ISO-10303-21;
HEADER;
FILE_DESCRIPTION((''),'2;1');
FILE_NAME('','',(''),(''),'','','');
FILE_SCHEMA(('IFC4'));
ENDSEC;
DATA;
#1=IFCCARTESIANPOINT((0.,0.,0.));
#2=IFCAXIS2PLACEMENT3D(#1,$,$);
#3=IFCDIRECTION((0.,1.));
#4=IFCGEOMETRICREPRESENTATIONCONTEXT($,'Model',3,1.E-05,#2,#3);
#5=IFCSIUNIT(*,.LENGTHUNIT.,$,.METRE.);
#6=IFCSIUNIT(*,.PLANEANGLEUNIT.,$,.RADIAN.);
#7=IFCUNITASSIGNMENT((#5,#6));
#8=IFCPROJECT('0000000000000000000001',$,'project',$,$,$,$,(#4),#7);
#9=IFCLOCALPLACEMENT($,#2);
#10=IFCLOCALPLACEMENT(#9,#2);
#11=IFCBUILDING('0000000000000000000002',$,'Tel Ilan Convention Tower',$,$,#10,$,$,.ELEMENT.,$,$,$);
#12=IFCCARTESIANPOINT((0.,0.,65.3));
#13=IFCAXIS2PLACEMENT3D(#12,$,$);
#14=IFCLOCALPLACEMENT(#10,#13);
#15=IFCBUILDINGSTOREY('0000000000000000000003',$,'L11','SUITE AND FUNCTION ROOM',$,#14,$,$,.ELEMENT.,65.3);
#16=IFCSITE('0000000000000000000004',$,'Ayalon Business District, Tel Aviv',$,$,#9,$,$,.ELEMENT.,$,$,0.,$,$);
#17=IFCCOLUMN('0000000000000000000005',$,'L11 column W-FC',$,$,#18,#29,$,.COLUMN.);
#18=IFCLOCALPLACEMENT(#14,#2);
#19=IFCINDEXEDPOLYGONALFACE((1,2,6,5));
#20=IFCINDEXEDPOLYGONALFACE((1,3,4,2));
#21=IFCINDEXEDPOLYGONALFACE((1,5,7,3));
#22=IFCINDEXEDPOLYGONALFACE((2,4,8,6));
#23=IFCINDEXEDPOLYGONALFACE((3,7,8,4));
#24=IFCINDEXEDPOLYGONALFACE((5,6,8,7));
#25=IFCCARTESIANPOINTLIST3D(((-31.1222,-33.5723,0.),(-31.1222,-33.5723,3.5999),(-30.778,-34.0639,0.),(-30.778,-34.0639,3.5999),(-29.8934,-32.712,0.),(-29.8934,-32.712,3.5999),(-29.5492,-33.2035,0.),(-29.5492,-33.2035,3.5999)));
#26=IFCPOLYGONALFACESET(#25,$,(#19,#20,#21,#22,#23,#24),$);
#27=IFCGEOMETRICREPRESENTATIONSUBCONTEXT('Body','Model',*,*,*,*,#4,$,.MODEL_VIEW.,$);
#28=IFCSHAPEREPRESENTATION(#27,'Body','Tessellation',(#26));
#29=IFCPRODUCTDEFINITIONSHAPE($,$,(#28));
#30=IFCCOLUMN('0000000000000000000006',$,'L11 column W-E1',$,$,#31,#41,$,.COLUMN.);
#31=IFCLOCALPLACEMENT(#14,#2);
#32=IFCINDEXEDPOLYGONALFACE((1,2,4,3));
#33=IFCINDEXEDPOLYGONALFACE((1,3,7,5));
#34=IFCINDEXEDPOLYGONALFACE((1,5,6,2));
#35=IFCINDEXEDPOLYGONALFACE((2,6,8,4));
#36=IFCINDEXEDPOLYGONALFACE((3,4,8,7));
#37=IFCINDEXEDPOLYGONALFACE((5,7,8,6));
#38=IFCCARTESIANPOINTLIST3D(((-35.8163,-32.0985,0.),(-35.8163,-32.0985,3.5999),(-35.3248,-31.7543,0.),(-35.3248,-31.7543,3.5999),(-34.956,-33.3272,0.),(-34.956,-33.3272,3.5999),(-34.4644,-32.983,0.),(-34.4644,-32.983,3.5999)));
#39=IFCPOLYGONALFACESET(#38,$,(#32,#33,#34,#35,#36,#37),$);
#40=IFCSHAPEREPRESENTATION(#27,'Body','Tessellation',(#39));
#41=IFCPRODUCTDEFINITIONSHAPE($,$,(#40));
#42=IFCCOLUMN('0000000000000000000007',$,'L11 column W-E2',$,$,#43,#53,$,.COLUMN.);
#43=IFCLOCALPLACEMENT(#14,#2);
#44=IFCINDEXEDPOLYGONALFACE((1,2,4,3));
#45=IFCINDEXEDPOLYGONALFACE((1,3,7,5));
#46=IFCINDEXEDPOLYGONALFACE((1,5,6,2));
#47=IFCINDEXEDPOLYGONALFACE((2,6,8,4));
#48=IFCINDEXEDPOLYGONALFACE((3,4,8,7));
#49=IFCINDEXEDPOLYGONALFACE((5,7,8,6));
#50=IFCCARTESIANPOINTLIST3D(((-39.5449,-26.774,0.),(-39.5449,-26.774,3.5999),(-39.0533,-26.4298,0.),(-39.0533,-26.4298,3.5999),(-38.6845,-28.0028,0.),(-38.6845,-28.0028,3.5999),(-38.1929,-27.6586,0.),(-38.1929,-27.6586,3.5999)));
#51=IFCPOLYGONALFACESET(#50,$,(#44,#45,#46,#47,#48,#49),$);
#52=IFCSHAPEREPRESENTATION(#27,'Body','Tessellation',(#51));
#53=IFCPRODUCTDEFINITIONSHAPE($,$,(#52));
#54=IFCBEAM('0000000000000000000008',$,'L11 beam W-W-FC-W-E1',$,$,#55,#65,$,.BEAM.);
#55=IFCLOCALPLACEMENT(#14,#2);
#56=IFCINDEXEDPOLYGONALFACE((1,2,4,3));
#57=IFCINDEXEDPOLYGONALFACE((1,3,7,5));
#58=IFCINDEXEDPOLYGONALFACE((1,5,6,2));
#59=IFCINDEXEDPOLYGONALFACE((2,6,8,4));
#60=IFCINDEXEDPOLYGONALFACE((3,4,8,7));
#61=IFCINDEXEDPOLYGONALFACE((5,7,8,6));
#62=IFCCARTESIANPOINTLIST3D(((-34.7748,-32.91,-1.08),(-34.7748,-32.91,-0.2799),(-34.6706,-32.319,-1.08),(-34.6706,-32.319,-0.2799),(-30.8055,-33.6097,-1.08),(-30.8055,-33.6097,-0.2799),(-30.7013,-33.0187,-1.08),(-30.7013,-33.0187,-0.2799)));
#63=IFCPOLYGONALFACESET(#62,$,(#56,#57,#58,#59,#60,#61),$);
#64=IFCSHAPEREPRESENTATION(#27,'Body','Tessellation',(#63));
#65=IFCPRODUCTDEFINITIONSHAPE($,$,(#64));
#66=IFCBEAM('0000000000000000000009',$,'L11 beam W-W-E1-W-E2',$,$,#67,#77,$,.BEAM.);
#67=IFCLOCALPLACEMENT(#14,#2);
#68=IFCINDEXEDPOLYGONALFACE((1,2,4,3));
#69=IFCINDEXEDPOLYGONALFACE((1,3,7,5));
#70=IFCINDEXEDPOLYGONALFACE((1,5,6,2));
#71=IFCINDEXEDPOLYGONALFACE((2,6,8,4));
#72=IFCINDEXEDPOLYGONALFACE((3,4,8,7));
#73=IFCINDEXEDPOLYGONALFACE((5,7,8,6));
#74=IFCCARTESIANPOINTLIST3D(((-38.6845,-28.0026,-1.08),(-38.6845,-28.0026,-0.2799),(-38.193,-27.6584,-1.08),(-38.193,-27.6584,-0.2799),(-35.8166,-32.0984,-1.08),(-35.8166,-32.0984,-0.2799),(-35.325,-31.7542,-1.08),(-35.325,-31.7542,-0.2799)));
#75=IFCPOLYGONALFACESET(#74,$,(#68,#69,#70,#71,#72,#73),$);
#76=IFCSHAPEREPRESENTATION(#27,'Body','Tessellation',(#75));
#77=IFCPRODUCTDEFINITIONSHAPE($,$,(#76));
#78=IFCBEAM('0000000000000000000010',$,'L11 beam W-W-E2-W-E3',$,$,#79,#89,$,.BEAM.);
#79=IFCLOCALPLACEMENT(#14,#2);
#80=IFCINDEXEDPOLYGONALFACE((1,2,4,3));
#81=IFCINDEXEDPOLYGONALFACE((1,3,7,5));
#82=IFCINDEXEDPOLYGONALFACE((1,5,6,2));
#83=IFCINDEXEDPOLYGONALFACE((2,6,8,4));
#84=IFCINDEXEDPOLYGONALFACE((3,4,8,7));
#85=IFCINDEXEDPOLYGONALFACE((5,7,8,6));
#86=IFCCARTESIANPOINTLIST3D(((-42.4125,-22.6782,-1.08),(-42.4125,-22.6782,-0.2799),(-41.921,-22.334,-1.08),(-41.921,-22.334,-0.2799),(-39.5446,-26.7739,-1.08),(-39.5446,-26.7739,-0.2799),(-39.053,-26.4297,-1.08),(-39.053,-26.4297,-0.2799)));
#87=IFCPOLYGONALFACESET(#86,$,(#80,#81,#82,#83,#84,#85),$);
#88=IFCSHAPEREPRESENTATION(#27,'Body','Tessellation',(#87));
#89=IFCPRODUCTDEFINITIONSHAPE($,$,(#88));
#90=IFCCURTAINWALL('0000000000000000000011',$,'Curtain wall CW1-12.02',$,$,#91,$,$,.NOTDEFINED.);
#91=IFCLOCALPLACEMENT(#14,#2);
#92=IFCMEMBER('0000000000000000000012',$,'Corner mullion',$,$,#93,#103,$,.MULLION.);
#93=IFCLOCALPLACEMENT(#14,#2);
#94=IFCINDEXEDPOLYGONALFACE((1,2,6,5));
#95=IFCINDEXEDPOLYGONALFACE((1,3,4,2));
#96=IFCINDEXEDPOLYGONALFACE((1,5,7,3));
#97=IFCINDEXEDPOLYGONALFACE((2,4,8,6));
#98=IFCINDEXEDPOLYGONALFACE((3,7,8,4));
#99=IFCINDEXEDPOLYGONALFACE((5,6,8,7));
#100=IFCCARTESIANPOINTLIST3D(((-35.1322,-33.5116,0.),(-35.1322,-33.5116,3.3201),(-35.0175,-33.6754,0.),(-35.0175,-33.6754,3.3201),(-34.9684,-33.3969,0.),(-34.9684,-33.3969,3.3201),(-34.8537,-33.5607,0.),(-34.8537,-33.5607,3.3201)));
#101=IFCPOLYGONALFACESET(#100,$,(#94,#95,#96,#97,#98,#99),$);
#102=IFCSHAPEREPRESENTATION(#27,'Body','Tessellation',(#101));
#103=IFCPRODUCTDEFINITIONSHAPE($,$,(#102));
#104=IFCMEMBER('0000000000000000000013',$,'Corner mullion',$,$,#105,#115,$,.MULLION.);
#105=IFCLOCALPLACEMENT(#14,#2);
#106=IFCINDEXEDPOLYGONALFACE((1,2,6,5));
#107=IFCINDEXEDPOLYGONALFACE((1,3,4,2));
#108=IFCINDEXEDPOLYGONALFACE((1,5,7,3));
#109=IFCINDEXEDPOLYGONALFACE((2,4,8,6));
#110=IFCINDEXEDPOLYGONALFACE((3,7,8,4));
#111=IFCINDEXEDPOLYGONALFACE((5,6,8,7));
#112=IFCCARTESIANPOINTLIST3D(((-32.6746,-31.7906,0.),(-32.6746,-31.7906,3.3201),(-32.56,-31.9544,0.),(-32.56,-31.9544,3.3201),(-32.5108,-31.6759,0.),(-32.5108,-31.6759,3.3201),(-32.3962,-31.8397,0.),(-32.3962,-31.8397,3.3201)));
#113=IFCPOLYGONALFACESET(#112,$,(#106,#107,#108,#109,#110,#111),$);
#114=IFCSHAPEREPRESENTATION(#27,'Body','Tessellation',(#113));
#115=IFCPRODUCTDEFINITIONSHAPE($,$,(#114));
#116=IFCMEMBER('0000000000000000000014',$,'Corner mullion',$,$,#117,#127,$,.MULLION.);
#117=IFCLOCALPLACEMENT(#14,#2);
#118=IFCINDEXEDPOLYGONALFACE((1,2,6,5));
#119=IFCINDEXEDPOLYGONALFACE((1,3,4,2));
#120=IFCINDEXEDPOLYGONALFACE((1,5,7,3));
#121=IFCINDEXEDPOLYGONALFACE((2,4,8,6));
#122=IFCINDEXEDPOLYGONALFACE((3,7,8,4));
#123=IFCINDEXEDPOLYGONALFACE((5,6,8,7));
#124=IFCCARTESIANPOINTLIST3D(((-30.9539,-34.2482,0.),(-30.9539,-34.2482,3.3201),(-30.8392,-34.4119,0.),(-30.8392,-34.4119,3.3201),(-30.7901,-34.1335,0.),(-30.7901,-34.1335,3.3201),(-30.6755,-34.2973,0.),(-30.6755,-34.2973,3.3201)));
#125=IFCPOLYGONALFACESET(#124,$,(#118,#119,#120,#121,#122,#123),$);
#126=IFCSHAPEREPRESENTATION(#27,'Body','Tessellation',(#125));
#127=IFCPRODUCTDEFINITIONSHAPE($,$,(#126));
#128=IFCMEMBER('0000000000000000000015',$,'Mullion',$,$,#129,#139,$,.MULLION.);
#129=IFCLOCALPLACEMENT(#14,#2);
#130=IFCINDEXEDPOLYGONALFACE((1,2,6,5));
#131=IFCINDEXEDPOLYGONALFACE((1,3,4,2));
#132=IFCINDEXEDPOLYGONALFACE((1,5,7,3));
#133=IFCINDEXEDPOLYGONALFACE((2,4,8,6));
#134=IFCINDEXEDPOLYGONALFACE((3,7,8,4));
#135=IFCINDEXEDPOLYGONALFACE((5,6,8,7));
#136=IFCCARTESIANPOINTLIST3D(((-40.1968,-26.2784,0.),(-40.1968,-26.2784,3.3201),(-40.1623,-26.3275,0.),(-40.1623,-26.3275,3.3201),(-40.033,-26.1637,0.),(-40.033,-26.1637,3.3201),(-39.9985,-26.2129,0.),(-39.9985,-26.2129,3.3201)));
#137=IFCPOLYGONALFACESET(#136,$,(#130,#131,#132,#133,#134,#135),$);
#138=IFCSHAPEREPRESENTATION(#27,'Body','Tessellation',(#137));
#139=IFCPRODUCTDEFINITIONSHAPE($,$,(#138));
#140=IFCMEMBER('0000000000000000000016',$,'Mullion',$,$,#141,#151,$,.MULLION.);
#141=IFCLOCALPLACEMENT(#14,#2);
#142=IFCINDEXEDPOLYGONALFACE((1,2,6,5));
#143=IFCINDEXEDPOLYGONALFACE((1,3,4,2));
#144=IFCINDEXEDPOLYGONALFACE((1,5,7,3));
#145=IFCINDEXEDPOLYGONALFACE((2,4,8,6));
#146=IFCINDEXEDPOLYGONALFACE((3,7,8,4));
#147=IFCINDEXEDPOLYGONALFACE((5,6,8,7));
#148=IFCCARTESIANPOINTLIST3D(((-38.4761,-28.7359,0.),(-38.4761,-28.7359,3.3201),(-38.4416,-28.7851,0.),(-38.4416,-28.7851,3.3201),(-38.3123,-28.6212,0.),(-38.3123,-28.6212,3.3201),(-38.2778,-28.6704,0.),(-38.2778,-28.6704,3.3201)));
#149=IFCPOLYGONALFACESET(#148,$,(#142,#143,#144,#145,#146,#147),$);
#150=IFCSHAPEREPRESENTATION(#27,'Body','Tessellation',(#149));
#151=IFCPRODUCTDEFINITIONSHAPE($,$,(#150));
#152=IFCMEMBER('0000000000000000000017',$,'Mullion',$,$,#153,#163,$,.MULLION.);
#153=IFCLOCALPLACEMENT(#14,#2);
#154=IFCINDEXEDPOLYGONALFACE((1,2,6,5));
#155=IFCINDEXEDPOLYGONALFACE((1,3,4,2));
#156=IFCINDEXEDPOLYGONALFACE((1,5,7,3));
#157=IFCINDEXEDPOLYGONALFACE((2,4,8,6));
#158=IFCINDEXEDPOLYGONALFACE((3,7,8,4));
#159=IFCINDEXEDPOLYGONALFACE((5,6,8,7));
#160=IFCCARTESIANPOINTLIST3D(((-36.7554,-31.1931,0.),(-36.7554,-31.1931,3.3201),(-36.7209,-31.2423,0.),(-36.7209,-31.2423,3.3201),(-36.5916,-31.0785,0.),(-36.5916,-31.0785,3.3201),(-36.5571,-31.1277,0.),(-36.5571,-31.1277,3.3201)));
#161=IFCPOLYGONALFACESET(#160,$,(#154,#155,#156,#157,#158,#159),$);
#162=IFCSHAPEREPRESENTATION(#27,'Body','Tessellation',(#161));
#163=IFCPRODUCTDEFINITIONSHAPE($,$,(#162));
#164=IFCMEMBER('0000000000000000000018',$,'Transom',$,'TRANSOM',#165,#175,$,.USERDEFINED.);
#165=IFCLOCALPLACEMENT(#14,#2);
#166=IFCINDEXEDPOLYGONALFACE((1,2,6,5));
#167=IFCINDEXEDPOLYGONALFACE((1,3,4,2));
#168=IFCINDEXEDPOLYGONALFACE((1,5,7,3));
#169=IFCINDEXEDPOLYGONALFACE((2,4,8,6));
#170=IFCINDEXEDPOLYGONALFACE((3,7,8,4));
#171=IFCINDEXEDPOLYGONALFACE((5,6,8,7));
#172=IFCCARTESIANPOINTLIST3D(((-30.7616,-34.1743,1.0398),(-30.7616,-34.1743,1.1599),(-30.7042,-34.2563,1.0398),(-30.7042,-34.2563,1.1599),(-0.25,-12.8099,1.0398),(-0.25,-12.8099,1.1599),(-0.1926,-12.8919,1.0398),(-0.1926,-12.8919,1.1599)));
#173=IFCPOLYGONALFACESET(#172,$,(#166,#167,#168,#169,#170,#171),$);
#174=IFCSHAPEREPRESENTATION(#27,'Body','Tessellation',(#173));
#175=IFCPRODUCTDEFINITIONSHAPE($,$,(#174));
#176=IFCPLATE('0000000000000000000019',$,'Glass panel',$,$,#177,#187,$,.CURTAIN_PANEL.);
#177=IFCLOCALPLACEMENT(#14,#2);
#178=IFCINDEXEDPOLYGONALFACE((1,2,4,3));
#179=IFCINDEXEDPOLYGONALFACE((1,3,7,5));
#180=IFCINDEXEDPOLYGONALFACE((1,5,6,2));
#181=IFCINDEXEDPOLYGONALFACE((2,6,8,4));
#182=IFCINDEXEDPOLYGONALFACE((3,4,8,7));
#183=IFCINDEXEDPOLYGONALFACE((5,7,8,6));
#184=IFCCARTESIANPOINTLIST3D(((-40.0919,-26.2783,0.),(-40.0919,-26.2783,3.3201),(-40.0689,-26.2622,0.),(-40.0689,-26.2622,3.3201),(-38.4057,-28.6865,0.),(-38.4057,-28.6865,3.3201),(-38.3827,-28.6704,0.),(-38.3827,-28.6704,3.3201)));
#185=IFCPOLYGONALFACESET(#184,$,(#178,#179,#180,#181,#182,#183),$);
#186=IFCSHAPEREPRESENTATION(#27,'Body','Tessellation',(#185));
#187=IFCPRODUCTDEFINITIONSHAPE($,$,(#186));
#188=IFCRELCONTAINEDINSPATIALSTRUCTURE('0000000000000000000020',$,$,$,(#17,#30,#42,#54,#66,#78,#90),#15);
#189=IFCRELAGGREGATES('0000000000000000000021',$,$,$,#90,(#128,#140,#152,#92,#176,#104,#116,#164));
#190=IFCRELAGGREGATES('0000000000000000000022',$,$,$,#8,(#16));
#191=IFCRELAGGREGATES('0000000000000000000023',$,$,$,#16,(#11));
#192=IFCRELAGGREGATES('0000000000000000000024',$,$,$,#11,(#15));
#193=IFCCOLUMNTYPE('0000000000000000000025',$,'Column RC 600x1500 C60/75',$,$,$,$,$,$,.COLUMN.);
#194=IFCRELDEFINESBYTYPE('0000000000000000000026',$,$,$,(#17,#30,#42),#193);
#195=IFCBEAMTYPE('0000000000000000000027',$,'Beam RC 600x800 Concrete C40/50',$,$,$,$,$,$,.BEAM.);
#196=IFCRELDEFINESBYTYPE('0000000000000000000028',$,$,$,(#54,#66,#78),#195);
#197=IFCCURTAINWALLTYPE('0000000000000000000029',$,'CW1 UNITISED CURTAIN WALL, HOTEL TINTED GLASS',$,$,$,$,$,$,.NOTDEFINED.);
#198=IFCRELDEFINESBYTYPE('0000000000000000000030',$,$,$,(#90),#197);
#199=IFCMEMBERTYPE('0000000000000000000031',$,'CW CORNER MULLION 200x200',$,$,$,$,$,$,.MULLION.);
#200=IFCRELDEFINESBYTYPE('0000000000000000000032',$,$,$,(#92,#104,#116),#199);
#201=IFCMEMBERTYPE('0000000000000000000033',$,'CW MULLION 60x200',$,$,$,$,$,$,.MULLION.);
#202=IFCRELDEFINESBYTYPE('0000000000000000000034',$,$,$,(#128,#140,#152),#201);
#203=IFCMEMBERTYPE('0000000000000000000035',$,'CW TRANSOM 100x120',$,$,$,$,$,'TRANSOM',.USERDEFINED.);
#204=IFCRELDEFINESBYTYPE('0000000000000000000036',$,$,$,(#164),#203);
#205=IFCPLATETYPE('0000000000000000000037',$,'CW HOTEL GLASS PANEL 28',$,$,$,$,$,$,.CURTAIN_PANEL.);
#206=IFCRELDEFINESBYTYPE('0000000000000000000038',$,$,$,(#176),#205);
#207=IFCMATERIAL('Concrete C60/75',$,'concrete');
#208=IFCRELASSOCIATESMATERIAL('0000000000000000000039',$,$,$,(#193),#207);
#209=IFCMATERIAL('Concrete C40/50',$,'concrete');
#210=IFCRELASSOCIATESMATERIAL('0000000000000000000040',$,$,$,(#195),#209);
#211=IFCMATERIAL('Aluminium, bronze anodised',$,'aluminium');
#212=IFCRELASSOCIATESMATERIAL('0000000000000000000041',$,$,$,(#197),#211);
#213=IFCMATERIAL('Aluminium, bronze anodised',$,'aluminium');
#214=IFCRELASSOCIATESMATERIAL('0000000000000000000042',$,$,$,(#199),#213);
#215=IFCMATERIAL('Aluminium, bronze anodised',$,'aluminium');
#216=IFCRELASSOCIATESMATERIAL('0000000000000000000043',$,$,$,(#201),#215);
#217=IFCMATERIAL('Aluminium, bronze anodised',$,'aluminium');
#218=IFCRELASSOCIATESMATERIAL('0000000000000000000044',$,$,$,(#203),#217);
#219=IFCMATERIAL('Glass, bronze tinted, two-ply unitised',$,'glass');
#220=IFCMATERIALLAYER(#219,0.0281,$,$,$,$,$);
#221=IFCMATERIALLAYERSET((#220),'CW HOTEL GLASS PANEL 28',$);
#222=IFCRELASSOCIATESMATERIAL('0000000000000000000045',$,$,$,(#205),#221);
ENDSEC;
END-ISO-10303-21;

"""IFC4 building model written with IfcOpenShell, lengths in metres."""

from ifc_helpers import new_model, si_unit, direction, frame, origin, origin_2d, place, context, subcontext, project, spatial, rectangle, extrude, material, layer, layer_set, material_profile, profile_set, type_object, element, aggregate, save


model = new_model("IFC4")

# Units and contexts
model_context = context("Model", 3, precision=1e-05, world=origin(), true_north=direction((0.0, 1.0)))
body_context = subcontext(model_context, "Body", "Model", "MODEL_VIEW")
ifc_project = project(units=[si_unit("LENGTHUNIT", "METRE"), si_unit("PLANEANGLEUNIT", "RADIAN")], contexts=[model_context])

# Site, building, storey
site_placement = place(None, origin())
site = spatial("IfcSite", under=ifc_project, at=site_placement, Name="Ayalon Business District, Tel Aviv", CompositionType="ELEMENT", RefElevation=0.0)
building_placement = place(site_placement, origin())
building = spatial("IfcBuilding", under=site, at=building_placement, Name="Tel Ilan Convention Tower", CompositionType="ELEMENT")
storey_placement = place(building_placement, frame((0.0, 0.0, 65.3)))
storey = spatial("IfcBuildingStorey", under=building, at=storey_placement, Name="L11", Description="SUITE AND FUNCTION ROOM", CompositionType="ELEMENT", Elevation=65.3)

# Columns
ifc_material_1 = material(Name="Concrete C60/75", Category="concrete")
ifc_material_profile_1 = material_profile(ifc_material_1, rectangle(XDim=1.5, YDim=0.6001, at=origin_2d()), Name="RC 600x1500")
ifc_profile_set_1 = profile_set([ifc_material_profile_1], Name="Concrete C60/75")
column_type = type_object("IfcColumnType", Name="Column RC 600x1500 C60/75", PredefinedType="COLUMN", material=ifc_profile_set_1)
for number, where, z_axis, x_axis, name in (
    (1, (-30.3357, -33.3879, 0.0), (0.0, 0.0, 1.0), (-0.819152, -0.573576, 0.0), "L11 column W-FC"),
    (2, (-35.1404, -32.5408, 0.0), (0.0, 0.0, 1.0), (-0.573576, 0.819152, 0.0), "L11 column W-E1"),
    (3, (-38.8689, -27.2163, 0.0), (0.0, 0.0, 1.0), (-0.573576, 0.819152, 0.0), "L11 column W-E2"),
):
    element("IfcColumn", number, at=place(storey_placement, frame(where, z_axis=z_axis, x_axis=x_axis)), inside=storey, type_object=column_type, Name=name, PredefinedType="COLUMN", context=body_context, shape_type="SweptSolid", body=[
        extrude(rectangle(XDim=1.5, YDim=0.6001, at=origin_2d()), origin(), (0.0, 0.0, 1.0), 3.5999),
    ])

# Beams
ifc_material_2 = material(Name="Concrete C40/50", Category="concrete")
ifc_material_profile_2 = material_profile(ifc_material_2, rectangle(XDim=0.6001, YDim=0.8, at=origin_2d()), Name="RC 600x800")
ifc_profile_set_2 = profile_set([ifc_material_profile_2], Name="Concrete C40/50")
beam_type = type_object("IfcBeamType", Name="Beam RC 600x800 Concrete C40/50", PredefinedType="BEAM", material=ifc_profile_set_2)
beam_placement = place(storey_placement, frame((-30.7534, -33.3142, -0.6799), z_axis=(-0.984815, 0.173606, 0.0), x_axis=(-0.173606, -0.984815, 0.0)))
element("IfcBeam", 4, at=beam_placement, inside=storey, type_object=beam_type, Name="L11 beam W-W-FC-W-E1", PredefinedType="BEAM", context=body_context, shape_type="SweptSolid", body=[
    extrude(rectangle(XDim=0.6001, YDim=0.8, at=origin_2d()), origin(), (0.0, 0.0, 1.0), 4.0305),
])
for number, where, z_axis, x_axis, name in (
    (5, (-35.5708, -31.9263, -0.6799), (-0.573587, 0.819145, 0.0), (-0.819145, -0.573587, 0.0), "L11 beam W-W-E1-W-E2"),
    (6, (-39.2988, -26.6018, -0.6799), (-0.573587, 0.819145, 0.0), (-0.819145, -0.573587, 0.0), "L11 beam W-W-E2-W-E3"),
):
    element("IfcBeam", number, at=place(storey_placement, frame(where, z_axis=z_axis, x_axis=x_axis)), inside=storey, type_object=beam_type, Name=name, PredefinedType="BEAM", context=body_context, shape_type="SweptSolid", body=[
        extrude(rectangle(XDim=0.6001, YDim=0.8, at=origin_2d()), origin(), (0.0, 0.0, 1.0), 5.0),
    ])

# Curtain wall, members, plate
ifc_material_3 = material(Name="Aluminium, bronze anodised", Category="aluminium")
curtain_wall_type = type_object("IfcCurtainWallType", Name="CW1 UNITISED CURTAIN WALL, HOTEL TINTED GLASS", PredefinedType="NOTDEFINED", material=ifc_material_3)
curtain_wall_placement = place(storey_placement, origin())
curtain_wall = element("IfcCurtainWall", 7, at=curtain_wall_placement, inside=storey, type_object=curtain_wall_type, Name="Curtain wall CW1-12.02", PredefinedType="NOTDEFINED")
ifc_material_4 = material(Name="Aluminium, bronze anodised", Category="aluminium")
ifc_material_profile_3 = material_profile(ifc_material_4, rectangle(XDim=0.2, YDim=0.2, at=origin_2d()), Name="CW CORNER MULLION 200x200")
ifc_profile_set_3 = profile_set([ifc_material_profile_3], Name="Aluminium, bronze anodised")
member_type_1 = type_object("IfcMemberType", Name="CW CORNER MULLION 200x200", PredefinedType="MULLION", material=ifc_profile_set_3)
member_1_placement = place(storey_placement, frame((-34.9929, -33.5361, 0.0), z_axis=(0.0, 0.0, 1.0), x_axis=(0.573576, -0.819152, 0.0)))
member_1 = element("IfcMember", 8, at=member_1_placement, type_object=member_type_1, Name="Corner mullion", PredefinedType="MULLION", context=body_context, shape_type="SweptSolid", body=[
    extrude(rectangle(XDim=0.2, YDim=0.2, at=origin_2d()), origin(), (0.0, 0.0, 1.0), 3.3201),
])
member_2_placement = place(storey_placement, frame((-32.5354, -31.8152, 0.0), z_axis=(0.0, 0.0, 1.0), x_axis=(0.819152, 0.573576, 0.0)))
member_2 = element("IfcMember", 9, at=member_2_placement, type_object=member_type_1, Name="Corner mullion", PredefinedType="MULLION", context=body_context, shape_type="SweptSolid", body=[
    extrude(rectangle(XDim=0.2, YDim=0.2, at=origin_2d()), origin(), (0.0, 0.0, 1.0), 3.3201),
])
member_3_placement = place(storey_placement, frame((-30.8147, -34.2727, 0.0), z_axis=(0.0, 0.0, 1.0), x_axis=(0.573576, -0.819152, 0.0)))
member_3 = element("IfcMember", 10, at=member_3_placement, type_object=member_type_1, Name="Corner mullion", PredefinedType="MULLION", context=body_context, shape_type="SweptSolid", body=[
    extrude(rectangle(XDim=0.2, YDim=0.2, at=origin_2d()), origin(), (0.0, 0.0, 1.0), 3.3201),
])
ifc_material_5 = material(Name="Aluminium, bronze anodised", Category="aluminium")
ifc_material_profile_4 = material_profile(ifc_material_5, rectangle(XDim=0.0601, YDim=0.2, at=origin_2d()), Name="CW MULLION 60x200")
ifc_profile_set_4 = profile_set([ifc_material_profile_4], Name="Aluminium, bronze anodised")
member_type_2 = type_object("IfcMemberType", Name="CW MULLION 60x200", PredefinedType="MULLION", material=ifc_profile_set_4)
member_4_placement = place(storey_placement, frame((-40.0977, -26.2456, 0.0), z_axis=(0.0, 0.0, 1.0), x_axis=(0.573576, -0.819152, 0.0)))
member_4 = element("IfcMember", 11, at=member_4_placement, type_object=member_type_2, Name="Mullion", PredefinedType="MULLION", context=body_context, shape_type="SweptSolid", body=[
    extrude(rectangle(XDim=0.0601, YDim=0.2, at=origin_2d()), origin(), (0.0, 0.0, 1.0), 3.3201),
])
member_5_placement = place(storey_placement, frame((-38.377, -28.7031, 0.0), z_axis=(0.0, 0.0, 1.0), x_axis=(0.573576, -0.819152, 0.0)))
member_5 = element("IfcMember", 12, at=member_5_placement, type_object=member_type_2, Name="Mullion", PredefinedType="MULLION", context=body_context, shape_type="SweptSolid", body=[
    extrude(rectangle(XDim=0.0601, YDim=0.2, at=origin_2d()), origin(), (0.0, 0.0, 1.0), 3.3201),
])
member_6_placement = place(storey_placement, frame((-36.6562, -31.1604, 0.0), z_axis=(0.0, 0.0, 1.0), x_axis=(0.573576, -0.819152, 0.0)))
member_6 = element("IfcMember", 13, at=member_6_placement, type_object=member_type_2, Name="Mullion", PredefinedType="MULLION", context=body_context, shape_type="SweptSolid", body=[
    extrude(rectangle(XDim=0.0601, YDim=0.2, at=origin_2d()), origin(), (0.0, 0.0, 1.0), 3.3201),
])
ifc_material_6 = material(Name="Aluminium, bronze anodised", Category="aluminium")
ifc_material_profile_5 = material_profile(ifc_material_6, rectangle(XDim=0.1001, YDim=0.1201, at=origin_2d()), Name="CW TRANSOM 100x120")
ifc_profile_set_5 = profile_set([ifc_material_profile_5], Name="Aluminium, bronze anodised")
member_type_3 = type_object("IfcMemberType", Name="CW TRANSOM 100x120", ElementType="TRANSOM", PredefinedType="USERDEFINED", material=ifc_profile_set_5)
member_7_placement = place(storey_placement, frame((-30.7329, -34.2153, 1.0999), z_axis=(0.819152, 0.573576, 0.0), x_axis=(-0.573576, 0.819152, 0.0)))
member_7 = element("IfcMember", 14, at=member_7_placement, type_object=member_type_3, Name="Transom", ObjectType="TRANSOM", PredefinedType="USERDEFINED", context=body_context, shape_type="SweptSolid", body=[
    extrude(rectangle(XDim=0.1001, YDim=0.1201, at=origin_2d()), origin(), (0.0, 0.0, 1.0), 37.2478),
])
ifc_material_7 = material(Name="Glass, bronze tinted, two-ply unitised", Category="glass")
ifc_layer_1 = layer(ifc_material_7, 0.0281)
ifc_layer_set_1 = layer_set([ifc_layer_1], Name="CW HOTEL GLASS PANEL 28")
plate_type = type_object("IfcPlateType", Name="CW HOTEL GLASS PANEL 28", PredefinedType="CURTAIN_PANEL", material=ifc_layer_set_1)
plate_1_placement = place(storey_placement, frame((-39.2373, -27.4744, 0.0), z_axis=(0.0, 0.0, 1.0), x_axis=(0.573576, -0.819152, 0.0)))
plate_1 = element("IfcPlate", 15, at=plate_1_placement, type_object=plate_type, Name="Glass panel", PredefinedType="CURTAIN_PANEL", context=body_context, shape_type="SweptSolid", body=[
    extrude(rectangle(XDim=2.9399, YDim=0.0281, at=origin_2d()), origin(), (0.0, 0.0, 1.0), 3.3201),
])
aggregate(curtain_wall, [member_4, member_5, member_6, member_1, plate_1, member_2, member_3, member_7])

save(model, "model.ifc")
